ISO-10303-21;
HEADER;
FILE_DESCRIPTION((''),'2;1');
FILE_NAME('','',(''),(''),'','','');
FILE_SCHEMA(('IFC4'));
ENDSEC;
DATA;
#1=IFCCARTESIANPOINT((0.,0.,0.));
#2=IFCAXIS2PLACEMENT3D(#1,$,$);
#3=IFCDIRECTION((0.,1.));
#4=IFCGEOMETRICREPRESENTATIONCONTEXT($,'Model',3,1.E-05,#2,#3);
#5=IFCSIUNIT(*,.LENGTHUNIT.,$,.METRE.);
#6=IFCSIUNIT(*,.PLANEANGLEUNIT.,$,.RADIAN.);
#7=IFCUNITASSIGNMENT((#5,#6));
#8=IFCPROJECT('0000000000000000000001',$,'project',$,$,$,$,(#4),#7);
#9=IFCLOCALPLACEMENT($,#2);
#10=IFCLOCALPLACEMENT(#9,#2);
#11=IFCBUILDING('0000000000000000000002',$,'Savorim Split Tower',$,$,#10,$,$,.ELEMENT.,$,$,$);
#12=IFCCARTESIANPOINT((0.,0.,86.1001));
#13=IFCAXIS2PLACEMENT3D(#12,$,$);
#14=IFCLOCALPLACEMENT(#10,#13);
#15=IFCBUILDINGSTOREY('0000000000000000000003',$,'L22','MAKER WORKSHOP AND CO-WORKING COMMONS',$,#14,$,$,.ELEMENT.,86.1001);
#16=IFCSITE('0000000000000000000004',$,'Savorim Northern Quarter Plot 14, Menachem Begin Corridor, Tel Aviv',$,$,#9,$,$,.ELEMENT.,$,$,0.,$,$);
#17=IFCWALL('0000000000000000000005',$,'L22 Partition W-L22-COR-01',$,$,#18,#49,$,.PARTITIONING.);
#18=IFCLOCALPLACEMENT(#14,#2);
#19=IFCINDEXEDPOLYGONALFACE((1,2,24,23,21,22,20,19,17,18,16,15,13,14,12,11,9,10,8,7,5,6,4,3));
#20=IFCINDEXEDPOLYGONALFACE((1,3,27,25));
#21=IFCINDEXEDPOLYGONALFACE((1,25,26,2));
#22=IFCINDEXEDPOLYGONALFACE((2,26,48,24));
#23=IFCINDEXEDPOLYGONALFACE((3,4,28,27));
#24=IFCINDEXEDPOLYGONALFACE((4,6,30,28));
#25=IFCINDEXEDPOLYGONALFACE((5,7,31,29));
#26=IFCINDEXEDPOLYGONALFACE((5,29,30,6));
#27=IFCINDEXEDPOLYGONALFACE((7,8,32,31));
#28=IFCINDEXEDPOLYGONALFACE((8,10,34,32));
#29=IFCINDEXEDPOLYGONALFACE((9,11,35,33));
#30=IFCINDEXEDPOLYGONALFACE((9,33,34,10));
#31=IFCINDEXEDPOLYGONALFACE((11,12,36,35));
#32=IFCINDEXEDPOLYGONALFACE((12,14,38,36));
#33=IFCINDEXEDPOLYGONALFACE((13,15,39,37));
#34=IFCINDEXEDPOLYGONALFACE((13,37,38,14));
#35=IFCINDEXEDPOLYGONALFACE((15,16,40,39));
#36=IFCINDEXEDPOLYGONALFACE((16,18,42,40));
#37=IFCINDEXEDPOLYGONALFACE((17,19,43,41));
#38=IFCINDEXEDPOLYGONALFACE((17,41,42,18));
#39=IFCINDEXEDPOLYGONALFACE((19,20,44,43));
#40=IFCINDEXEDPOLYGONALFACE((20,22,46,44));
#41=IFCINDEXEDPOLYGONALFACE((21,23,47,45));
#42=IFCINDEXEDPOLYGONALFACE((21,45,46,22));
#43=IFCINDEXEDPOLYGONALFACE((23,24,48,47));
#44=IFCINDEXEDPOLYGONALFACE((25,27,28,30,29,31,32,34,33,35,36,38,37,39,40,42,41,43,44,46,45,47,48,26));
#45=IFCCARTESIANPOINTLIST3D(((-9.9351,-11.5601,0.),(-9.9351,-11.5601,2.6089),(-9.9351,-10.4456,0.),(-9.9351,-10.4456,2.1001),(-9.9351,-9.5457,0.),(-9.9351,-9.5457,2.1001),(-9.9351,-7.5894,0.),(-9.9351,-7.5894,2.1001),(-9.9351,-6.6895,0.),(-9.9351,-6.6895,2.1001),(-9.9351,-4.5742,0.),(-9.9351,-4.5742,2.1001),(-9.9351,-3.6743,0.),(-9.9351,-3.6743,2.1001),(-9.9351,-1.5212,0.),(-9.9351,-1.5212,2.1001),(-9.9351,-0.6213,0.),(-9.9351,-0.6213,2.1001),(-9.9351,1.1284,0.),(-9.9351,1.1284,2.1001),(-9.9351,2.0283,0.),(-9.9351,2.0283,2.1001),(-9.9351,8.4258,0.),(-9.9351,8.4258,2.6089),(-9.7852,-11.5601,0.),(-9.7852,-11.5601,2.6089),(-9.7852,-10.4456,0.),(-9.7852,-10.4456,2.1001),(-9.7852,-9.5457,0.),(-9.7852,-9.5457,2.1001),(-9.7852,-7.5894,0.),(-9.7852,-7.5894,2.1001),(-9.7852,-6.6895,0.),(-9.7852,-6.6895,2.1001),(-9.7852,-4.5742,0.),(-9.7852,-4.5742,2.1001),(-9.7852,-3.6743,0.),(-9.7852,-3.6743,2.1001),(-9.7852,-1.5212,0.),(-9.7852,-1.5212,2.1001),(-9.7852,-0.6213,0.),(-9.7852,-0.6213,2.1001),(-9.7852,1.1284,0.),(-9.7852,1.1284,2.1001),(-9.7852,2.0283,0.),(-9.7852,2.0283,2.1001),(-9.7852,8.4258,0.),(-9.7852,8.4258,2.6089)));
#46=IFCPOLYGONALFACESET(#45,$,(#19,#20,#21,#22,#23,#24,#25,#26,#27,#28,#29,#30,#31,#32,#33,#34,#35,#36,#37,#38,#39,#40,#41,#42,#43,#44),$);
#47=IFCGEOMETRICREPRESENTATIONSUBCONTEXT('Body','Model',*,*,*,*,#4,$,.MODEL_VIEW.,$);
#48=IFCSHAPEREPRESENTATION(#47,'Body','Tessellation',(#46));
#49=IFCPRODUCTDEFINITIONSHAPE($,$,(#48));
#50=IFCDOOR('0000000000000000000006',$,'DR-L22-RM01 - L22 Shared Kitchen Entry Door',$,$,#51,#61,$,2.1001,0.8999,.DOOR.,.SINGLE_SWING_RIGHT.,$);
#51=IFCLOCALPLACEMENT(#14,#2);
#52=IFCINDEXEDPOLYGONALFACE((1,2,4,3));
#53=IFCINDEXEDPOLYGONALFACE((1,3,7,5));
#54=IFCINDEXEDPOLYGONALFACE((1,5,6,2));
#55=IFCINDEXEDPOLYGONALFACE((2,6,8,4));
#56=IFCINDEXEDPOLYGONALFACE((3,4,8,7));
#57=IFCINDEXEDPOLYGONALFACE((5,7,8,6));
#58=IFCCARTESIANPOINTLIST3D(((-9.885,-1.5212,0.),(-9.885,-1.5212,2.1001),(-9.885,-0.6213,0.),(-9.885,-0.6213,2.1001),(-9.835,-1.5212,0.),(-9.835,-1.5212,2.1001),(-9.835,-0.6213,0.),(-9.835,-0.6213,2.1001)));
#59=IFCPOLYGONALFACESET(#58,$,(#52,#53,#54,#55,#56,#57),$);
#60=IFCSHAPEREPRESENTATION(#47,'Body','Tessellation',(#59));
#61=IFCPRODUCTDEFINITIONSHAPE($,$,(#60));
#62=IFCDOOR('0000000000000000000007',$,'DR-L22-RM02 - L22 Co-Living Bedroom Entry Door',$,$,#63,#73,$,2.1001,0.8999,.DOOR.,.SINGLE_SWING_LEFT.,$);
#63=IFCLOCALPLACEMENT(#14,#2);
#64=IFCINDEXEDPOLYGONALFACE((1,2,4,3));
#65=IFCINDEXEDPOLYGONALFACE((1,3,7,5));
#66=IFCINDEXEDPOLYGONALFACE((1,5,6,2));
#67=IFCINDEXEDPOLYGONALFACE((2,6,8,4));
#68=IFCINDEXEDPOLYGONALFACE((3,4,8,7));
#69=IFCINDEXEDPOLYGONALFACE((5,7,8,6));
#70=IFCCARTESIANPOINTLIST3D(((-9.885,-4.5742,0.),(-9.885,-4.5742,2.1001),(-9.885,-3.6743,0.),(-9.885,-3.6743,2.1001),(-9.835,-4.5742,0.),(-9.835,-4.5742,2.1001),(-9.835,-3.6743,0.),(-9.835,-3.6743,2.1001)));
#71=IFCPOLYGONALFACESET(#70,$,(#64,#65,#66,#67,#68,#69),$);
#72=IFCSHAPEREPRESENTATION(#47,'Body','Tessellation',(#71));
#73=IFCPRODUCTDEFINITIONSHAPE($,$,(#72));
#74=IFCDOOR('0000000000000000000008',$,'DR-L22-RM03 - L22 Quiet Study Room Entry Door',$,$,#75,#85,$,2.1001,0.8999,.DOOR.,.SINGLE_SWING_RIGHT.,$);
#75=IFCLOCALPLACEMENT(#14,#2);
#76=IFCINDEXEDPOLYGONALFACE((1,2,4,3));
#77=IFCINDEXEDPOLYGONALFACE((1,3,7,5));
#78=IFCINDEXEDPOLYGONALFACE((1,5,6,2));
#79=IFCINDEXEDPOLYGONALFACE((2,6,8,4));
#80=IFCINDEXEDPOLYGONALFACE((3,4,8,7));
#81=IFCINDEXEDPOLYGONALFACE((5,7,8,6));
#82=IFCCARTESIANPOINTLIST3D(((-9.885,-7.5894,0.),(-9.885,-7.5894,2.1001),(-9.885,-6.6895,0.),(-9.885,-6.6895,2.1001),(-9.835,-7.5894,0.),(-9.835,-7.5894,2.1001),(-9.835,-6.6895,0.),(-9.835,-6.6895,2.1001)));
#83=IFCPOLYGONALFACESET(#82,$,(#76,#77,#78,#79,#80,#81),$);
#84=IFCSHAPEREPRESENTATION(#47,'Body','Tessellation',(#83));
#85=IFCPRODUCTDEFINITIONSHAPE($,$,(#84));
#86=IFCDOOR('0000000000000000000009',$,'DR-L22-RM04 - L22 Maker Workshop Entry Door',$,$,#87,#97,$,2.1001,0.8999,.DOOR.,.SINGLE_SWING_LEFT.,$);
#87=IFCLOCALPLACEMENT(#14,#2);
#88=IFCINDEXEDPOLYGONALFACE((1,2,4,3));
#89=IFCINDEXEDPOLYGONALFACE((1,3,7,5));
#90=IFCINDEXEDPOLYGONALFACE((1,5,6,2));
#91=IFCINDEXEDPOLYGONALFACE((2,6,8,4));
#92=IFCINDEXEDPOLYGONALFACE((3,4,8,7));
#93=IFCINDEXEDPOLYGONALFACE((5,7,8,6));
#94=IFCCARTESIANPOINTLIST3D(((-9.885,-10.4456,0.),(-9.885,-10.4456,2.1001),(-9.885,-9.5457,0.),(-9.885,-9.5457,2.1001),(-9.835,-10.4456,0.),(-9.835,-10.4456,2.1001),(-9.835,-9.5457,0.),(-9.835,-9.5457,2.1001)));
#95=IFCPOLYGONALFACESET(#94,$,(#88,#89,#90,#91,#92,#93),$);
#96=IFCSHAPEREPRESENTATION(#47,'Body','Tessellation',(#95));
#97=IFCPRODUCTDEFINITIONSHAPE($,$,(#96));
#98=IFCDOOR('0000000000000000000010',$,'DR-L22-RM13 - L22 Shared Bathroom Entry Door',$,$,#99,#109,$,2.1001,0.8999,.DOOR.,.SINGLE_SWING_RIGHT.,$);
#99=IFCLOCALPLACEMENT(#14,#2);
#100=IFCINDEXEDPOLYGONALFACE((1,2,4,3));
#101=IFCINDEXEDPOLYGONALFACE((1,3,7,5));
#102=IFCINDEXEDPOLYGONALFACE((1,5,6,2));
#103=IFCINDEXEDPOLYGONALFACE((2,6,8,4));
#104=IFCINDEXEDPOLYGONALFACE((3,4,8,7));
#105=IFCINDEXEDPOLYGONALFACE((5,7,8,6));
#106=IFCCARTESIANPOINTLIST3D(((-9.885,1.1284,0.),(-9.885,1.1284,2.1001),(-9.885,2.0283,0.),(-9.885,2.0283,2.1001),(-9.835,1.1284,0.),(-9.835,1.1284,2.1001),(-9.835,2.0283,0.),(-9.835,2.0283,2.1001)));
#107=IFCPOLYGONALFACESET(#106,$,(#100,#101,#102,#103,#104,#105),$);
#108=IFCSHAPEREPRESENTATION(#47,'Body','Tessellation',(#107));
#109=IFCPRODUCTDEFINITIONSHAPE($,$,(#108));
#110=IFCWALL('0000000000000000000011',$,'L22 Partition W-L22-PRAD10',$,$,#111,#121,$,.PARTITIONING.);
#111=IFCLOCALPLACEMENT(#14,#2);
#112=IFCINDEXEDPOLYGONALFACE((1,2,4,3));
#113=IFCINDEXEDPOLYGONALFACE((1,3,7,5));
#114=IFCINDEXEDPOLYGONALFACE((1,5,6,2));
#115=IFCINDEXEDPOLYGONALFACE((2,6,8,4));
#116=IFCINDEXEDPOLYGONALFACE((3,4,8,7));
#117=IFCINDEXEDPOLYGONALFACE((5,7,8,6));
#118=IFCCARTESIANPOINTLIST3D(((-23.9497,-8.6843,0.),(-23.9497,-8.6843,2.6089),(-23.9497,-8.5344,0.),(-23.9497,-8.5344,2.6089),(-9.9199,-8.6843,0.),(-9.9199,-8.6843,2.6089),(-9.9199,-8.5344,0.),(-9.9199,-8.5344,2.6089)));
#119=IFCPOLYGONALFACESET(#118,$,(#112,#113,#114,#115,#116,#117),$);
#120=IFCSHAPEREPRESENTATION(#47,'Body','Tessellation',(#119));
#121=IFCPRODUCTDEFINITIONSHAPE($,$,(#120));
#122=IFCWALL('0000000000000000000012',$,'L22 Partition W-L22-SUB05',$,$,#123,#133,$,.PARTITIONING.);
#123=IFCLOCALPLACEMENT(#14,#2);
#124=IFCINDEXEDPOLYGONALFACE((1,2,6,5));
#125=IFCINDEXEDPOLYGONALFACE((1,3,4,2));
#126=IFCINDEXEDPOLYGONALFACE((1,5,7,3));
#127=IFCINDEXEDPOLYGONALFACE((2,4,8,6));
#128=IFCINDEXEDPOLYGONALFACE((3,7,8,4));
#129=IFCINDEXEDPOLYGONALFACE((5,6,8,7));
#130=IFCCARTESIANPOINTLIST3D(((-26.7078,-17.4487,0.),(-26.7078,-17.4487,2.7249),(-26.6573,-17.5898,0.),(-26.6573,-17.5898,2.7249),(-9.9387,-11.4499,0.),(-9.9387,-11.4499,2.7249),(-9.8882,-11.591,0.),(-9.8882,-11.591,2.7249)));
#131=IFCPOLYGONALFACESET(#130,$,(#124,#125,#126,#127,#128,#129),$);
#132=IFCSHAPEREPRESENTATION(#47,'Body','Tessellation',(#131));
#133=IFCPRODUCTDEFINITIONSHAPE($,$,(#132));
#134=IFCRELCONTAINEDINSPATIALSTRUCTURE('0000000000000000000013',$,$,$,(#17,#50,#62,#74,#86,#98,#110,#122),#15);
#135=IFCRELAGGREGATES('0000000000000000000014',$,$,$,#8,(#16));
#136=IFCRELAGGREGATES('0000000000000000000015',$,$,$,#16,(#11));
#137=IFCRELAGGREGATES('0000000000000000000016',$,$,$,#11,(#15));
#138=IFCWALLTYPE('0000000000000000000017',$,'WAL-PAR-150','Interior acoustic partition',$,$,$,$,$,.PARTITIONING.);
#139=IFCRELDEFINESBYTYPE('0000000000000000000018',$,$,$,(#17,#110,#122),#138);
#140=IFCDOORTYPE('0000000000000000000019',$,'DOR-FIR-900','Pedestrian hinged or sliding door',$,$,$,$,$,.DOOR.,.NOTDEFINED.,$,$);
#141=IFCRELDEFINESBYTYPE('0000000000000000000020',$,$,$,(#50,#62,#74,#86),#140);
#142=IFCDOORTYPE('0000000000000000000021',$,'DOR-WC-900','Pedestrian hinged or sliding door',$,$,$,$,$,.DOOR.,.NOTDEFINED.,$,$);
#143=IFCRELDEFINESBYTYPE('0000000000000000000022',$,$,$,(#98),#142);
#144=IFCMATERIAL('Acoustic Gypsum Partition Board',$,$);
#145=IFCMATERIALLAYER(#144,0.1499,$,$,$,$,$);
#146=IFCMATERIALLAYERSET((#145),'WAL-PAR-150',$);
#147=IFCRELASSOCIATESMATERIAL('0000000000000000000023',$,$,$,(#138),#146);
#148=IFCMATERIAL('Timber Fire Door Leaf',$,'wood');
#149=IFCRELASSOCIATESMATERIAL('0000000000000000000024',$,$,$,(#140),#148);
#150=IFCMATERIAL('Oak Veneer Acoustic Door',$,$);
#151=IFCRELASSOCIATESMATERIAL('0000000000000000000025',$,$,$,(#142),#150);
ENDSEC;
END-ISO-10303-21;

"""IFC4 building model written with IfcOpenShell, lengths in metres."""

from ifc_helpers import new_model, si_unit, direction, frame, frame_2d, origin, place, context, subcontext, project, spatial, rectangle, extrude, material, layer, layer_set, type_object, element, fill, save


model = new_model("IFC4")

# Units and contexts
model_context = context("Model", 3, precision=1e-05, world=origin(), true_north=direction((0.0, 1.0)))
body_context = subcontext(model_context, "Body", "Model", "MODEL_VIEW")
ifc_project = project(units=[si_unit("LENGTHUNIT", "METRE"), si_unit("PLANEANGLEUNIT", "RADIAN")], contexts=[model_context])

# Site, building, storey
site_placement = place(None, origin())
site = spatial("IfcSite", under=ifc_project, at=site_placement, Name="Savorim Northern Quarter Plot 14, Menachem Begin Corridor, Tel Aviv", CompositionType="ELEMENT", RefElevation=0.0)
building_placement = place(site_placement, origin())
building = spatial("IfcBuilding", under=site, at=building_placement, Name="Savorim Split Tower", CompositionType="ELEMENT")
storey_placement = place(building_placement, frame((0.0, 0.0, 86.1001)))
storey = spatial("IfcBuildingStorey", under=building, at=storey_placement, Name="L22", Description="MAKER WORKSHOP AND CO-WORKING COMMONS", CompositionType="ELEMENT", Elevation=86.1001)

# Shared definitions
ifc_material_1 = material(Name="Timber Fire Door Leaf", Category="wood")

# Shared definitions
ifc_material_2 = material(Name="Acoustic Gypsum Partition Board")
ifc_layer_1 = layer(ifc_material_2, 0.1499)
ifc_layer_set_1 = layer_set([ifc_layer_1], Name="WAL-PAR-150")
wall_type_1 = type_object("IfcWallType", Name="WAL-PAR-150", Description="Interior acoustic partition", PredefinedType="PARTITIONING", material=ifc_layer_set_1)

# Wall, openings, doors
wall_1_placement = place(storey_placement, frame((-9.8601, -11.5601, 0.0), z_axis=(0.0, 0.0, 1.0), x_axis=(0.0, 1.0, 0.0)))
wall_1 = element("IfcWall", 1, at=wall_1_placement, inside=storey, type_object=wall_type_1, Name="L22 Partition W-L22-COR-01", PredefinedType="PARTITIONING", context=body_context, shape_type="SweptSolid", body=[
    extrude(rectangle(XDim=19.9858, YDim=0.1499, at=frame_2d((9.9929, 0.0))), origin(), (0.0, 0.0, 1.0), 2.6089),
])
opening_1_placement = place(wall_1_placement, frame((10.0388, 0.0, 0.0)))
opening_1 = element("IfcOpeningElement", 2, at=opening_1_placement, cuts=wall_1, PredefinedType="OPENING", context=body_context, shape_type="SweptSolid", body=[
    extrude(rectangle(XDim=0.8999, YDim=2.1001, at=frame_2d((0.45, 1.05))), frame((0.0, 0.085, 0.0), z_axis=(0.0, -1.0, 0.0), x_axis=(1.0, 0.0, 0.0)), (0.0, 0.0, 1.0), 0.1699),
])
opening_2_placement = place(wall_1_placement, frame((6.9858, 0.0, 0.0)))
opening_2 = element("IfcOpeningElement", 3, at=opening_2_placement, cuts=wall_1, PredefinedType="OPENING", context=body_context, shape_type="SweptSolid", body=[
    extrude(rectangle(XDim=0.8999, YDim=2.1001, at=frame_2d((0.45, 1.05))), frame((0.0, 0.085, 0.0), z_axis=(0.0, -1.0, 0.0), x_axis=(1.0, 0.0, 0.0)), (0.0, 0.0, 1.0), 0.1699),
])
opening_3_placement = place(wall_1_placement, frame((3.9707, 0.0, 0.0)))
opening_3 = element("IfcOpeningElement", 4, at=opening_3_placement, cuts=wall_1, PredefinedType="OPENING", context=body_context, shape_type="SweptSolid", body=[
    extrude(rectangle(XDim=0.8999, YDim=2.1001, at=frame_2d((0.45, 1.05))), frame((0.0, 0.085, 0.0), z_axis=(0.0, -1.0, 0.0), x_axis=(1.0, 0.0, 0.0)), (0.0, 0.0, 1.0), 0.1699),
])
opening_4_placement = place(wall_1_placement, frame((1.1145, 0.0, 0.0)))
opening_4 = element("IfcOpeningElement", 5, at=opening_4_placement, cuts=wall_1, PredefinedType="OPENING", context=body_context, shape_type="SweptSolid", body=[
    extrude(rectangle(XDim=0.8999, YDim=2.1001, at=frame_2d((0.45, 1.05))), frame((0.0, 0.085, 0.0), z_axis=(0.0, -1.0, 0.0), x_axis=(1.0, 0.0, 0.0)), (0.0, 0.0, 1.0), 0.1699),
])
opening_5_placement = place(wall_1_placement, frame((12.6885, 0.0, 0.0)))
opening_5 = element("IfcOpeningElement", 6, at=opening_5_placement, cuts=wall_1, PredefinedType="OPENING", context=body_context, shape_type="SweptSolid", body=[
    extrude(rectangle(XDim=0.8999, YDim=2.1001, at=frame_2d((0.45, 1.05))), frame((0.0, 0.085, 0.0), z_axis=(0.0, -1.0, 0.0), x_axis=(1.0, 0.0, 0.0)), (0.0, 0.0, 1.0), 0.1699),
])
door_type_1 = type_object("IfcDoorType", Name="DOR-FIR-900", Description="Pedestrian hinged or sliding door", OperationType="NOTDEFINED", PredefinedType="DOOR", material=ifc_material_1)
door_1_placement = place(opening_1_placement, origin())
door_1 = element("IfcDoor", 7, at=door_1_placement, inside=storey, type_object=door_type_1, Name="DR-L22-RM01 - L22 Shared Kitchen Entry Door", OperationType="SINGLE_SWING_RIGHT", OverallHeight=2.1001, OverallWidth=0.8999, PredefinedType="DOOR", context=body_context, shape_type="SweptSolid", body=[
    extrude(rectangle(XDim=0.8999, YDim=2.1001, at=frame_2d((0.45, 1.05))), frame((0.0, 0.0249, 0.0), z_axis=(0.0, -1.0, 0.0), x_axis=(1.0, 0.0, 0.0)), (0.0, 0.0, 1.0), 0.05),
])
fill(opening_1, door_1)
door_2_placement = place(opening_2_placement, origin())
door_2 = element("IfcDoor", 8, at=door_2_placement, inside=storey, type_object=door_type_1, Name="DR-L22-RM02 - L22 Co-Living Bedroom Entry Door", OperationType="SINGLE_SWING_LEFT", OverallHeight=2.1001, OverallWidth=0.8999, PredefinedType="DOOR", context=body_context, shape_type="SweptSolid", body=[
    extrude(rectangle(XDim=0.8999, YDim=2.1001, at=frame_2d((0.45, 1.05))), frame((0.0, 0.0249, 0.0), z_axis=(0.0, -1.0, 0.0), x_axis=(1.0, 0.0, 0.0)), (0.0, 0.0, 1.0), 0.05),
])
fill(opening_2, door_2)
door_3_placement = place(opening_3_placement, origin())
door_3 = element("IfcDoor", 9, at=door_3_placement, inside=storey, type_object=door_type_1, Name="DR-L22-RM03 - L22 Quiet Study Room Entry Door", OperationType="SINGLE_SWING_RIGHT", OverallHeight=2.1001, OverallWidth=0.8999, PredefinedType="DOOR", context=body_context, shape_type="SweptSolid", body=[
    extrude(rectangle(XDim=0.8999, YDim=2.1001, at=frame_2d((0.45, 1.05))), frame((0.0, 0.0249, 0.0), z_axis=(0.0, -1.0, 0.0), x_axis=(1.0, 0.0, 0.0)), (0.0, 0.0, 1.0), 0.05),
])
fill(opening_3, door_3)
door_4_placement = place(opening_4_placement, origin())
door_4 = element("IfcDoor", 10, at=door_4_placement, inside=storey, type_object=door_type_1, Name="DR-L22-RM04 - L22 Maker Workshop Entry Door", OperationType="SINGLE_SWING_LEFT", OverallHeight=2.1001, OverallWidth=0.8999, PredefinedType="DOOR", context=body_context, shape_type="SweptSolid", body=[
    extrude(rectangle(XDim=0.8999, YDim=2.1001, at=frame_2d((0.45, 1.05))), frame((0.0, 0.0249, 0.0), z_axis=(0.0, -1.0, 0.0), x_axis=(1.0, 0.0, 0.0)), (0.0, 0.0, 1.0), 0.05),
])
fill(opening_4, door_4)
ifc_material_3 = material(Name="Oak Veneer Acoustic Door")
door_type_2 = type_object("IfcDoorType", Name="DOR-WC-900", Description="Pedestrian hinged or sliding door", OperationType="NOTDEFINED", PredefinedType="DOOR", material=ifc_material_3)
door_5_placement = place(opening_5_placement, origin())
door_5 = element("IfcDoor", 11, at=door_5_placement, inside=storey, type_object=door_type_2, Name="DR-L22-RM13 - L22 Shared Bathroom Entry Door", OperationType="SINGLE_SWING_RIGHT", OverallHeight=2.1001, OverallWidth=0.8999, PredefinedType="DOOR", context=body_context, shape_type="SweptSolid", body=[
    extrude(rectangle(XDim=0.8999, YDim=2.1001, at=frame_2d((0.45, 1.05))), frame((0.0, 0.0249, 0.0), z_axis=(0.0, -1.0, 0.0), x_axis=(1.0, 0.0, 0.0)), (0.0, 0.0, 1.0), 0.05),
])
fill(opening_5, door_5)

# Walls
wall_2_placement = place(storey_placement, frame((-9.9199, -8.6094, 0.0), z_axis=(0.0, 0.0, 1.0), x_axis=(-1.0, 0.0, 0.0)))
element("IfcWall", 12, at=wall_2_placement, inside=storey, type_object=wall_type_1, Name="L22 Partition W-L22-PRAD10", PredefinedType="PARTITIONING", context=body_context, shape_type="SweptSolid", body=[
    extrude(rectangle(XDim=14.0298, YDim=0.1499, at=frame_2d((7.0149, 0.0))), origin(), (0.0, 0.0, 1.0), 2.6089),
])
wall_3_placement = place(storey_placement, frame((-9.9136, -11.5205, 0.0), z_axis=(0.0, 0.0, 1.0), x_axis=(-0.941567, -0.336826, 0.0)))
element("IfcWall", 13, at=wall_3_placement, inside=storey, type_object=wall_type_1, Name="L22 Partition W-L22-SUB05", PredefinedType="PARTITIONING", context=body_context, shape_type="SweptSolid", body=[
    extrude(rectangle(XDim=17.8098, YDim=0.1499, at=frame_2d((8.9048, 0.0))), origin(), (0.0, 0.0, 1.0), 2.7249),
])

save(model, "model.ifc")
